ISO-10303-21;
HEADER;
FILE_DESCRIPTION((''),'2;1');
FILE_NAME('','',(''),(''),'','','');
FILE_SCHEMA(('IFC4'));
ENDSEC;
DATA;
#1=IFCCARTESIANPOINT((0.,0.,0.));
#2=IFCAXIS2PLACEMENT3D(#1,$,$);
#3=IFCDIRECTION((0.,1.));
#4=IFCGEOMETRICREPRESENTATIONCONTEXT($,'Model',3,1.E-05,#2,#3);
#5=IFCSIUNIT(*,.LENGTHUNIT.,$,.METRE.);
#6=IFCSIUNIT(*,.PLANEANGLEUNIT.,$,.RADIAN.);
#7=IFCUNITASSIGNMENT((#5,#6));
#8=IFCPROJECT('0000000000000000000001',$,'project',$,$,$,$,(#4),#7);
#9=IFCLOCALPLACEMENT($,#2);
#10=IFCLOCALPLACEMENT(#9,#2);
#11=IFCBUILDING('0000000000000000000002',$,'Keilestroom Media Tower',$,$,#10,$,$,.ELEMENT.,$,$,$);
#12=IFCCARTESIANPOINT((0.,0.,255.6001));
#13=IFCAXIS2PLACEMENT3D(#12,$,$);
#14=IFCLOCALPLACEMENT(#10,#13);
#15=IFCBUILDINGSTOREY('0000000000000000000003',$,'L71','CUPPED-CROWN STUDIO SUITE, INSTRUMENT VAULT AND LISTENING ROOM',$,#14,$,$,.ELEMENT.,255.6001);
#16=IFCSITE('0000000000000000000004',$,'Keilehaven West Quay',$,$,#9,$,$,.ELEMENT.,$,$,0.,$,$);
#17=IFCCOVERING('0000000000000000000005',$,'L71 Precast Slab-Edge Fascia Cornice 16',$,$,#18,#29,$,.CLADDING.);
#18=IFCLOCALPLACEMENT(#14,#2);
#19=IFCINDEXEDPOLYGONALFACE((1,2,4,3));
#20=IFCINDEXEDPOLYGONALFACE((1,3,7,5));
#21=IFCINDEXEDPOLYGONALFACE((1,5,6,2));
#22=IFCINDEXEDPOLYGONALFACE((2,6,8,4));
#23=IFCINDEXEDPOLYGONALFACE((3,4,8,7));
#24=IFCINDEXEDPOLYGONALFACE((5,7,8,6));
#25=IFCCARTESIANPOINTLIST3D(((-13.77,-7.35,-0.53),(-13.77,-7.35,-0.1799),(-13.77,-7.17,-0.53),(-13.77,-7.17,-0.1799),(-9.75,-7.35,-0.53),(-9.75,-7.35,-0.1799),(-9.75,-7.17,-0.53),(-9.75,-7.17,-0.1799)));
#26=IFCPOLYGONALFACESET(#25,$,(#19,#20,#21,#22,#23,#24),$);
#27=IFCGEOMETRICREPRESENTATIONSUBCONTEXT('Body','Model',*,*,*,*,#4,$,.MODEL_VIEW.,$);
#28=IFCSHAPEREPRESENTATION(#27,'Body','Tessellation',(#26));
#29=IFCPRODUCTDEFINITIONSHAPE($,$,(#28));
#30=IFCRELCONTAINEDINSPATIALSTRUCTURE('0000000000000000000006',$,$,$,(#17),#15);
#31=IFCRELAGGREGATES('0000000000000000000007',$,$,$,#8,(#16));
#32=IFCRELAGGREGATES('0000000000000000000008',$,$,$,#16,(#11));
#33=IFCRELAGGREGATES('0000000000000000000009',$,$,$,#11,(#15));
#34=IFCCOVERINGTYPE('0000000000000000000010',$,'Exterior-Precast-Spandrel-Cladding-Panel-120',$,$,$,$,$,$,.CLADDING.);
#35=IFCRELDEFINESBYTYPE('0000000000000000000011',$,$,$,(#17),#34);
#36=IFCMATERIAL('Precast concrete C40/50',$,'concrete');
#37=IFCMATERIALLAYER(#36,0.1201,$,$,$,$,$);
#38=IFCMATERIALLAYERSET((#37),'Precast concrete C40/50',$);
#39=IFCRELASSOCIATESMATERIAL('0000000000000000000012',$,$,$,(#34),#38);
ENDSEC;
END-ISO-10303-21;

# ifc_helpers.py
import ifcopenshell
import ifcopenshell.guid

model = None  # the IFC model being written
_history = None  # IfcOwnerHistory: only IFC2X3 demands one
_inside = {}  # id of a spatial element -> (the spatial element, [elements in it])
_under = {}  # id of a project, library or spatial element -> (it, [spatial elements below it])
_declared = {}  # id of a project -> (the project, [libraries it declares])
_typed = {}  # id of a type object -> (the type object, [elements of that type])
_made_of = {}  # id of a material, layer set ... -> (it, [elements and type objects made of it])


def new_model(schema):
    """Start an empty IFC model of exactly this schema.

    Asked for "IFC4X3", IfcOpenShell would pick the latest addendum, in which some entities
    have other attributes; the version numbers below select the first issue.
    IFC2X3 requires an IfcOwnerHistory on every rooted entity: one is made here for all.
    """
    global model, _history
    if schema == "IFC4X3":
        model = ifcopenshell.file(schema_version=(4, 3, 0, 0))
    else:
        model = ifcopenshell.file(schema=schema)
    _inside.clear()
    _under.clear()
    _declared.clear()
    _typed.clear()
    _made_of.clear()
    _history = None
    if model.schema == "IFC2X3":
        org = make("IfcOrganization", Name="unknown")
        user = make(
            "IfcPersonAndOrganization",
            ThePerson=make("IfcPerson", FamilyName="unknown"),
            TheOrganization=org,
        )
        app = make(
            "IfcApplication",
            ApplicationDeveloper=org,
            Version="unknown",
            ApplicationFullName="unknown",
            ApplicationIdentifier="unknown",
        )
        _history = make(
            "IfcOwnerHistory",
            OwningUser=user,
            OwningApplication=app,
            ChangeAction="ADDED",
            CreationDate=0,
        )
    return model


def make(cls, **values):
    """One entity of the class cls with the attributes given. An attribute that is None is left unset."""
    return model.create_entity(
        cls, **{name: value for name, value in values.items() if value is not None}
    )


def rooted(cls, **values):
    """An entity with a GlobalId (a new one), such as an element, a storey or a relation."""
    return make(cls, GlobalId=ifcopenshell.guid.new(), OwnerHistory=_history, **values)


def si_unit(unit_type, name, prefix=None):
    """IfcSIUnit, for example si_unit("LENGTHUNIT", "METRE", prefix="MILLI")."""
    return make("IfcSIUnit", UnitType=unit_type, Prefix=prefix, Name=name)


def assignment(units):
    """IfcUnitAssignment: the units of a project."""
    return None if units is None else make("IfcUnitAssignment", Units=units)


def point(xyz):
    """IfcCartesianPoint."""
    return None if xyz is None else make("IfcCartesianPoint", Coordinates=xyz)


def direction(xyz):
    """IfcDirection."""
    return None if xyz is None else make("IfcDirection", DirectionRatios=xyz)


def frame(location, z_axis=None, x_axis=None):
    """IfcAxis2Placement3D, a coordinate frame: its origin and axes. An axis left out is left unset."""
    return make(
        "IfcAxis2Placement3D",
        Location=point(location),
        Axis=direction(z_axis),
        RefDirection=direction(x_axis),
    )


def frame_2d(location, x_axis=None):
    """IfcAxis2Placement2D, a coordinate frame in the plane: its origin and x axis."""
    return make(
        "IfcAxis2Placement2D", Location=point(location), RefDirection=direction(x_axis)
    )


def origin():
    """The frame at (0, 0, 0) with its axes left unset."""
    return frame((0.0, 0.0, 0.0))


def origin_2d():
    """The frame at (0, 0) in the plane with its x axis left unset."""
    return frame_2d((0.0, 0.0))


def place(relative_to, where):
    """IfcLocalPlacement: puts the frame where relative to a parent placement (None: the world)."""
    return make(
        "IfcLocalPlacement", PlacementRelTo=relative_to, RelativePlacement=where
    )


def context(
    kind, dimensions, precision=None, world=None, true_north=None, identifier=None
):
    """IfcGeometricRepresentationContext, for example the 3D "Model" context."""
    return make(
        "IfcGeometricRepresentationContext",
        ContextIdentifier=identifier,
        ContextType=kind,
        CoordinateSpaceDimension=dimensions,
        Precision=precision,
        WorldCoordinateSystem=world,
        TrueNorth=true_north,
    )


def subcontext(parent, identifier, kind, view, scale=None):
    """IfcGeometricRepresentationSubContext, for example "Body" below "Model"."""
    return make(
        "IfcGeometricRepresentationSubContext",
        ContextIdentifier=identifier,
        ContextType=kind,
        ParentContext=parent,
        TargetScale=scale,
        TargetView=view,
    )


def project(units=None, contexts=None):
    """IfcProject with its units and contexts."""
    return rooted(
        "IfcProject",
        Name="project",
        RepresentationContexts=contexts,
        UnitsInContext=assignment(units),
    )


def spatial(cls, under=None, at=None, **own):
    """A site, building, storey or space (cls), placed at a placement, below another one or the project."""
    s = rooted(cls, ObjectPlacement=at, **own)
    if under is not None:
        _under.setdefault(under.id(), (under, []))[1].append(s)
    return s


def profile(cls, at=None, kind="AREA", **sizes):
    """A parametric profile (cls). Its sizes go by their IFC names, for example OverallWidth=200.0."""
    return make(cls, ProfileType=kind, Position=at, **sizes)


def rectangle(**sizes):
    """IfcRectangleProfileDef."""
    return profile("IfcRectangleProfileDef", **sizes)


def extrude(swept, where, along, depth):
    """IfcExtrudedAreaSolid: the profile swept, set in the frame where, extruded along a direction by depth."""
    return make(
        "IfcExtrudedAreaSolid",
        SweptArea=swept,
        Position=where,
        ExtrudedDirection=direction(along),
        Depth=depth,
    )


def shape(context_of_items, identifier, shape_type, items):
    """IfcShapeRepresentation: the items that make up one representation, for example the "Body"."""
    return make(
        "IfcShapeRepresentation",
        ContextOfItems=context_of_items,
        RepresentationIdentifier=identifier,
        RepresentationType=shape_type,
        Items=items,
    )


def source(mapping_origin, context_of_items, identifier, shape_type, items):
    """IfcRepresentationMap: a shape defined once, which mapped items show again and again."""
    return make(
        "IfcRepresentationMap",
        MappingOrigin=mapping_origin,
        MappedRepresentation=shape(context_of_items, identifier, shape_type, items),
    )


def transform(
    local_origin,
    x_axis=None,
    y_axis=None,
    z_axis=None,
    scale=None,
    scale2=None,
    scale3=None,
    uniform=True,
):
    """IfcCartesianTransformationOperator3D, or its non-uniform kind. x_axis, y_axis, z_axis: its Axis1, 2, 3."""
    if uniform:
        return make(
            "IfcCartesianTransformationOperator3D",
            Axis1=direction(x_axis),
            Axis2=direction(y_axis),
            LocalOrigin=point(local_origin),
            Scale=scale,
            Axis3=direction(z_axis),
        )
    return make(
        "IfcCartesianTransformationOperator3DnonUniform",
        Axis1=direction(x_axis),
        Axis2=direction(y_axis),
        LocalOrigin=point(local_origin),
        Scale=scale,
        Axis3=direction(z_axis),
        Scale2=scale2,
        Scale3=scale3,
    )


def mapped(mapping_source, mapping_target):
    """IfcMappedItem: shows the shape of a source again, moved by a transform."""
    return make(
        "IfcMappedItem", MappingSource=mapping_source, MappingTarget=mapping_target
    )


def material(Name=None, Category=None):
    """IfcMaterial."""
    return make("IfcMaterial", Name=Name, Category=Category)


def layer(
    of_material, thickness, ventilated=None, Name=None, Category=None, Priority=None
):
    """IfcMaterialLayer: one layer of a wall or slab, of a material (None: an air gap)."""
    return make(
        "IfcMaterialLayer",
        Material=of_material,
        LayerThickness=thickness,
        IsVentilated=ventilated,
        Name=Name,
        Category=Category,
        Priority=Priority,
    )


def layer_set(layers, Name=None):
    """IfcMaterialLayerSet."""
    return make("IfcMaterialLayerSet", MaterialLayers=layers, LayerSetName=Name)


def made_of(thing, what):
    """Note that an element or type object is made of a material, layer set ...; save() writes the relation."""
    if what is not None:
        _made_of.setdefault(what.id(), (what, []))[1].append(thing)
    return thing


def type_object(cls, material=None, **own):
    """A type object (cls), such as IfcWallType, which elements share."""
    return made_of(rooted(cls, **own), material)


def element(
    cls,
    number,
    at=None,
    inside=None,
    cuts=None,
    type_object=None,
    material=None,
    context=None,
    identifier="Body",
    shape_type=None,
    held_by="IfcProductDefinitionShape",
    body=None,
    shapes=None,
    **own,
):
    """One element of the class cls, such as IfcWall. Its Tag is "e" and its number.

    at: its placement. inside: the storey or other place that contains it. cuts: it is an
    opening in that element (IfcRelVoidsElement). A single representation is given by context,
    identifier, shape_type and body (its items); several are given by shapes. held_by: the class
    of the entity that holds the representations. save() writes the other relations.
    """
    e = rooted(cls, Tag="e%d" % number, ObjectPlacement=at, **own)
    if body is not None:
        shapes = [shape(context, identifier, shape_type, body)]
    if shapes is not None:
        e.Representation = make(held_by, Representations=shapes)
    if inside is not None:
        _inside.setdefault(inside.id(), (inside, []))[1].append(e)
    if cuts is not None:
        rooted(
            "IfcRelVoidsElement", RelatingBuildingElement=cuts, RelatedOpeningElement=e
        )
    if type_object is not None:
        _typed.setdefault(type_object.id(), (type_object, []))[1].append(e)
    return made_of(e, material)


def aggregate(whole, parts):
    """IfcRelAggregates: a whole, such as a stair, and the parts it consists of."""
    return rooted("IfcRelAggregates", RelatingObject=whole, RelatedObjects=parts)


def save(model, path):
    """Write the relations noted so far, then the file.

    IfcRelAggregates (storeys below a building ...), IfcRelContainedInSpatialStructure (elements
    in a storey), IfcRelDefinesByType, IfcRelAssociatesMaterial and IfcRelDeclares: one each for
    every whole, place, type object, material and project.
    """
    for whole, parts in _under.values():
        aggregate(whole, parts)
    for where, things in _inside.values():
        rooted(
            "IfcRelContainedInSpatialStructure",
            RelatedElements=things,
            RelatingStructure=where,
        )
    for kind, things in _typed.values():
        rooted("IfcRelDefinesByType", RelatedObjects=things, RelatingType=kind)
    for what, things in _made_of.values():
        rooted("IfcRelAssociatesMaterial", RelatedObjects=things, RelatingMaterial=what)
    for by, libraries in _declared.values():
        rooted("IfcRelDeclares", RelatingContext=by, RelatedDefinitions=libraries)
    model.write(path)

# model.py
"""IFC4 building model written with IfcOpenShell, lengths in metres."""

from ifc_helpers import new_model, si_unit, direction, frame, origin, origin_2d, place, context, subcontext, project, spatial, rectangle, extrude, source, transform, mapped, material, layer, layer_set, type_object, element, save


model = new_model("IFC4")

# Units and contexts
model_context = context("Model", 3, precision=1e-05, world=origin(), true_north=direction((0.0, 1.0)))
body_context = subcontext(model_context, "Body", "Model", "MODEL_VIEW")
ifc_project = project(units=[si_unit("LENGTHUNIT", "METRE"), si_unit("PLANEANGLEUNIT", "RADIAN")], contexts=[model_context])

# Site, building, storey
site_placement = place(None, origin())
site = spatial("IfcSite", under=ifc_project, at=site_placement, Name="Keilehaven West Quay", CompositionType="ELEMENT", RefElevation=0.0)
building_placement = place(site_placement, origin())
building = spatial("IfcBuilding", under=site, at=building_placement, Name="Keilestroom Media Tower", CompositionType="ELEMENT")
storey_placement = place(building_placement, frame((0.0, 0.0, 255.6001)))
storey = spatial("IfcBuildingStorey", under=building, at=storey_placement, Name="L71", Description="CUPPED-CROWN STUDIO SUITE, INSTRUMENT VAULT AND LISTENING ROOM", CompositionType="ELEMENT", Elevation=255.6001)

# Shared definitions
ifc_material_1 = material(Name="Precast concrete C40/50", Category="concrete")

# Covering
ifc_layer_1 = layer(ifc_material_1, 0.1201)
ifc_layer_set_1 = layer_set([ifc_layer_1], Name="Precast concrete C40/50")
covering_type = type_object("IfcCoveringType", Name="Exterior-Precast-Spandrel-Cladding-Panel-120", PredefinedType="CLADDING", material=ifc_layer_set_1)
shared_shape_1 = source(origin(), body_context, "Body", "SweptSolid", [
    extrude(rectangle(XDim=4.02, YDim=0.1799, at=origin_2d()), origin(), (0.0, 0.0, 1.0), 0.3501),
])
covering_1_placement = place(storey_placement, frame((-11.76, -7.26, -0.53), z_axis=(0.0, 0.0, 1.0), x_axis=(-1.0, 0.0, 0.0)))
element("IfcCovering", 1, at=covering_1_placement, inside=storey, type_object=covering_type, Name="L71 Precast Slab-Edge Fascia Cornice 16", PredefinedType="CLADDING", context=body_context, shape_type="MappedRepresentation", body=[
    mapped(shared_shape_1, transform((0.0, 0.0, 0.0), x_axis=(1.0, 0.0, 0.0), y_axis=(0.0, 1.0, 0.0), z_axis=(0.0, 0.0, 1.0), scale=1.0)),
])

save(model, "model.ifc")
